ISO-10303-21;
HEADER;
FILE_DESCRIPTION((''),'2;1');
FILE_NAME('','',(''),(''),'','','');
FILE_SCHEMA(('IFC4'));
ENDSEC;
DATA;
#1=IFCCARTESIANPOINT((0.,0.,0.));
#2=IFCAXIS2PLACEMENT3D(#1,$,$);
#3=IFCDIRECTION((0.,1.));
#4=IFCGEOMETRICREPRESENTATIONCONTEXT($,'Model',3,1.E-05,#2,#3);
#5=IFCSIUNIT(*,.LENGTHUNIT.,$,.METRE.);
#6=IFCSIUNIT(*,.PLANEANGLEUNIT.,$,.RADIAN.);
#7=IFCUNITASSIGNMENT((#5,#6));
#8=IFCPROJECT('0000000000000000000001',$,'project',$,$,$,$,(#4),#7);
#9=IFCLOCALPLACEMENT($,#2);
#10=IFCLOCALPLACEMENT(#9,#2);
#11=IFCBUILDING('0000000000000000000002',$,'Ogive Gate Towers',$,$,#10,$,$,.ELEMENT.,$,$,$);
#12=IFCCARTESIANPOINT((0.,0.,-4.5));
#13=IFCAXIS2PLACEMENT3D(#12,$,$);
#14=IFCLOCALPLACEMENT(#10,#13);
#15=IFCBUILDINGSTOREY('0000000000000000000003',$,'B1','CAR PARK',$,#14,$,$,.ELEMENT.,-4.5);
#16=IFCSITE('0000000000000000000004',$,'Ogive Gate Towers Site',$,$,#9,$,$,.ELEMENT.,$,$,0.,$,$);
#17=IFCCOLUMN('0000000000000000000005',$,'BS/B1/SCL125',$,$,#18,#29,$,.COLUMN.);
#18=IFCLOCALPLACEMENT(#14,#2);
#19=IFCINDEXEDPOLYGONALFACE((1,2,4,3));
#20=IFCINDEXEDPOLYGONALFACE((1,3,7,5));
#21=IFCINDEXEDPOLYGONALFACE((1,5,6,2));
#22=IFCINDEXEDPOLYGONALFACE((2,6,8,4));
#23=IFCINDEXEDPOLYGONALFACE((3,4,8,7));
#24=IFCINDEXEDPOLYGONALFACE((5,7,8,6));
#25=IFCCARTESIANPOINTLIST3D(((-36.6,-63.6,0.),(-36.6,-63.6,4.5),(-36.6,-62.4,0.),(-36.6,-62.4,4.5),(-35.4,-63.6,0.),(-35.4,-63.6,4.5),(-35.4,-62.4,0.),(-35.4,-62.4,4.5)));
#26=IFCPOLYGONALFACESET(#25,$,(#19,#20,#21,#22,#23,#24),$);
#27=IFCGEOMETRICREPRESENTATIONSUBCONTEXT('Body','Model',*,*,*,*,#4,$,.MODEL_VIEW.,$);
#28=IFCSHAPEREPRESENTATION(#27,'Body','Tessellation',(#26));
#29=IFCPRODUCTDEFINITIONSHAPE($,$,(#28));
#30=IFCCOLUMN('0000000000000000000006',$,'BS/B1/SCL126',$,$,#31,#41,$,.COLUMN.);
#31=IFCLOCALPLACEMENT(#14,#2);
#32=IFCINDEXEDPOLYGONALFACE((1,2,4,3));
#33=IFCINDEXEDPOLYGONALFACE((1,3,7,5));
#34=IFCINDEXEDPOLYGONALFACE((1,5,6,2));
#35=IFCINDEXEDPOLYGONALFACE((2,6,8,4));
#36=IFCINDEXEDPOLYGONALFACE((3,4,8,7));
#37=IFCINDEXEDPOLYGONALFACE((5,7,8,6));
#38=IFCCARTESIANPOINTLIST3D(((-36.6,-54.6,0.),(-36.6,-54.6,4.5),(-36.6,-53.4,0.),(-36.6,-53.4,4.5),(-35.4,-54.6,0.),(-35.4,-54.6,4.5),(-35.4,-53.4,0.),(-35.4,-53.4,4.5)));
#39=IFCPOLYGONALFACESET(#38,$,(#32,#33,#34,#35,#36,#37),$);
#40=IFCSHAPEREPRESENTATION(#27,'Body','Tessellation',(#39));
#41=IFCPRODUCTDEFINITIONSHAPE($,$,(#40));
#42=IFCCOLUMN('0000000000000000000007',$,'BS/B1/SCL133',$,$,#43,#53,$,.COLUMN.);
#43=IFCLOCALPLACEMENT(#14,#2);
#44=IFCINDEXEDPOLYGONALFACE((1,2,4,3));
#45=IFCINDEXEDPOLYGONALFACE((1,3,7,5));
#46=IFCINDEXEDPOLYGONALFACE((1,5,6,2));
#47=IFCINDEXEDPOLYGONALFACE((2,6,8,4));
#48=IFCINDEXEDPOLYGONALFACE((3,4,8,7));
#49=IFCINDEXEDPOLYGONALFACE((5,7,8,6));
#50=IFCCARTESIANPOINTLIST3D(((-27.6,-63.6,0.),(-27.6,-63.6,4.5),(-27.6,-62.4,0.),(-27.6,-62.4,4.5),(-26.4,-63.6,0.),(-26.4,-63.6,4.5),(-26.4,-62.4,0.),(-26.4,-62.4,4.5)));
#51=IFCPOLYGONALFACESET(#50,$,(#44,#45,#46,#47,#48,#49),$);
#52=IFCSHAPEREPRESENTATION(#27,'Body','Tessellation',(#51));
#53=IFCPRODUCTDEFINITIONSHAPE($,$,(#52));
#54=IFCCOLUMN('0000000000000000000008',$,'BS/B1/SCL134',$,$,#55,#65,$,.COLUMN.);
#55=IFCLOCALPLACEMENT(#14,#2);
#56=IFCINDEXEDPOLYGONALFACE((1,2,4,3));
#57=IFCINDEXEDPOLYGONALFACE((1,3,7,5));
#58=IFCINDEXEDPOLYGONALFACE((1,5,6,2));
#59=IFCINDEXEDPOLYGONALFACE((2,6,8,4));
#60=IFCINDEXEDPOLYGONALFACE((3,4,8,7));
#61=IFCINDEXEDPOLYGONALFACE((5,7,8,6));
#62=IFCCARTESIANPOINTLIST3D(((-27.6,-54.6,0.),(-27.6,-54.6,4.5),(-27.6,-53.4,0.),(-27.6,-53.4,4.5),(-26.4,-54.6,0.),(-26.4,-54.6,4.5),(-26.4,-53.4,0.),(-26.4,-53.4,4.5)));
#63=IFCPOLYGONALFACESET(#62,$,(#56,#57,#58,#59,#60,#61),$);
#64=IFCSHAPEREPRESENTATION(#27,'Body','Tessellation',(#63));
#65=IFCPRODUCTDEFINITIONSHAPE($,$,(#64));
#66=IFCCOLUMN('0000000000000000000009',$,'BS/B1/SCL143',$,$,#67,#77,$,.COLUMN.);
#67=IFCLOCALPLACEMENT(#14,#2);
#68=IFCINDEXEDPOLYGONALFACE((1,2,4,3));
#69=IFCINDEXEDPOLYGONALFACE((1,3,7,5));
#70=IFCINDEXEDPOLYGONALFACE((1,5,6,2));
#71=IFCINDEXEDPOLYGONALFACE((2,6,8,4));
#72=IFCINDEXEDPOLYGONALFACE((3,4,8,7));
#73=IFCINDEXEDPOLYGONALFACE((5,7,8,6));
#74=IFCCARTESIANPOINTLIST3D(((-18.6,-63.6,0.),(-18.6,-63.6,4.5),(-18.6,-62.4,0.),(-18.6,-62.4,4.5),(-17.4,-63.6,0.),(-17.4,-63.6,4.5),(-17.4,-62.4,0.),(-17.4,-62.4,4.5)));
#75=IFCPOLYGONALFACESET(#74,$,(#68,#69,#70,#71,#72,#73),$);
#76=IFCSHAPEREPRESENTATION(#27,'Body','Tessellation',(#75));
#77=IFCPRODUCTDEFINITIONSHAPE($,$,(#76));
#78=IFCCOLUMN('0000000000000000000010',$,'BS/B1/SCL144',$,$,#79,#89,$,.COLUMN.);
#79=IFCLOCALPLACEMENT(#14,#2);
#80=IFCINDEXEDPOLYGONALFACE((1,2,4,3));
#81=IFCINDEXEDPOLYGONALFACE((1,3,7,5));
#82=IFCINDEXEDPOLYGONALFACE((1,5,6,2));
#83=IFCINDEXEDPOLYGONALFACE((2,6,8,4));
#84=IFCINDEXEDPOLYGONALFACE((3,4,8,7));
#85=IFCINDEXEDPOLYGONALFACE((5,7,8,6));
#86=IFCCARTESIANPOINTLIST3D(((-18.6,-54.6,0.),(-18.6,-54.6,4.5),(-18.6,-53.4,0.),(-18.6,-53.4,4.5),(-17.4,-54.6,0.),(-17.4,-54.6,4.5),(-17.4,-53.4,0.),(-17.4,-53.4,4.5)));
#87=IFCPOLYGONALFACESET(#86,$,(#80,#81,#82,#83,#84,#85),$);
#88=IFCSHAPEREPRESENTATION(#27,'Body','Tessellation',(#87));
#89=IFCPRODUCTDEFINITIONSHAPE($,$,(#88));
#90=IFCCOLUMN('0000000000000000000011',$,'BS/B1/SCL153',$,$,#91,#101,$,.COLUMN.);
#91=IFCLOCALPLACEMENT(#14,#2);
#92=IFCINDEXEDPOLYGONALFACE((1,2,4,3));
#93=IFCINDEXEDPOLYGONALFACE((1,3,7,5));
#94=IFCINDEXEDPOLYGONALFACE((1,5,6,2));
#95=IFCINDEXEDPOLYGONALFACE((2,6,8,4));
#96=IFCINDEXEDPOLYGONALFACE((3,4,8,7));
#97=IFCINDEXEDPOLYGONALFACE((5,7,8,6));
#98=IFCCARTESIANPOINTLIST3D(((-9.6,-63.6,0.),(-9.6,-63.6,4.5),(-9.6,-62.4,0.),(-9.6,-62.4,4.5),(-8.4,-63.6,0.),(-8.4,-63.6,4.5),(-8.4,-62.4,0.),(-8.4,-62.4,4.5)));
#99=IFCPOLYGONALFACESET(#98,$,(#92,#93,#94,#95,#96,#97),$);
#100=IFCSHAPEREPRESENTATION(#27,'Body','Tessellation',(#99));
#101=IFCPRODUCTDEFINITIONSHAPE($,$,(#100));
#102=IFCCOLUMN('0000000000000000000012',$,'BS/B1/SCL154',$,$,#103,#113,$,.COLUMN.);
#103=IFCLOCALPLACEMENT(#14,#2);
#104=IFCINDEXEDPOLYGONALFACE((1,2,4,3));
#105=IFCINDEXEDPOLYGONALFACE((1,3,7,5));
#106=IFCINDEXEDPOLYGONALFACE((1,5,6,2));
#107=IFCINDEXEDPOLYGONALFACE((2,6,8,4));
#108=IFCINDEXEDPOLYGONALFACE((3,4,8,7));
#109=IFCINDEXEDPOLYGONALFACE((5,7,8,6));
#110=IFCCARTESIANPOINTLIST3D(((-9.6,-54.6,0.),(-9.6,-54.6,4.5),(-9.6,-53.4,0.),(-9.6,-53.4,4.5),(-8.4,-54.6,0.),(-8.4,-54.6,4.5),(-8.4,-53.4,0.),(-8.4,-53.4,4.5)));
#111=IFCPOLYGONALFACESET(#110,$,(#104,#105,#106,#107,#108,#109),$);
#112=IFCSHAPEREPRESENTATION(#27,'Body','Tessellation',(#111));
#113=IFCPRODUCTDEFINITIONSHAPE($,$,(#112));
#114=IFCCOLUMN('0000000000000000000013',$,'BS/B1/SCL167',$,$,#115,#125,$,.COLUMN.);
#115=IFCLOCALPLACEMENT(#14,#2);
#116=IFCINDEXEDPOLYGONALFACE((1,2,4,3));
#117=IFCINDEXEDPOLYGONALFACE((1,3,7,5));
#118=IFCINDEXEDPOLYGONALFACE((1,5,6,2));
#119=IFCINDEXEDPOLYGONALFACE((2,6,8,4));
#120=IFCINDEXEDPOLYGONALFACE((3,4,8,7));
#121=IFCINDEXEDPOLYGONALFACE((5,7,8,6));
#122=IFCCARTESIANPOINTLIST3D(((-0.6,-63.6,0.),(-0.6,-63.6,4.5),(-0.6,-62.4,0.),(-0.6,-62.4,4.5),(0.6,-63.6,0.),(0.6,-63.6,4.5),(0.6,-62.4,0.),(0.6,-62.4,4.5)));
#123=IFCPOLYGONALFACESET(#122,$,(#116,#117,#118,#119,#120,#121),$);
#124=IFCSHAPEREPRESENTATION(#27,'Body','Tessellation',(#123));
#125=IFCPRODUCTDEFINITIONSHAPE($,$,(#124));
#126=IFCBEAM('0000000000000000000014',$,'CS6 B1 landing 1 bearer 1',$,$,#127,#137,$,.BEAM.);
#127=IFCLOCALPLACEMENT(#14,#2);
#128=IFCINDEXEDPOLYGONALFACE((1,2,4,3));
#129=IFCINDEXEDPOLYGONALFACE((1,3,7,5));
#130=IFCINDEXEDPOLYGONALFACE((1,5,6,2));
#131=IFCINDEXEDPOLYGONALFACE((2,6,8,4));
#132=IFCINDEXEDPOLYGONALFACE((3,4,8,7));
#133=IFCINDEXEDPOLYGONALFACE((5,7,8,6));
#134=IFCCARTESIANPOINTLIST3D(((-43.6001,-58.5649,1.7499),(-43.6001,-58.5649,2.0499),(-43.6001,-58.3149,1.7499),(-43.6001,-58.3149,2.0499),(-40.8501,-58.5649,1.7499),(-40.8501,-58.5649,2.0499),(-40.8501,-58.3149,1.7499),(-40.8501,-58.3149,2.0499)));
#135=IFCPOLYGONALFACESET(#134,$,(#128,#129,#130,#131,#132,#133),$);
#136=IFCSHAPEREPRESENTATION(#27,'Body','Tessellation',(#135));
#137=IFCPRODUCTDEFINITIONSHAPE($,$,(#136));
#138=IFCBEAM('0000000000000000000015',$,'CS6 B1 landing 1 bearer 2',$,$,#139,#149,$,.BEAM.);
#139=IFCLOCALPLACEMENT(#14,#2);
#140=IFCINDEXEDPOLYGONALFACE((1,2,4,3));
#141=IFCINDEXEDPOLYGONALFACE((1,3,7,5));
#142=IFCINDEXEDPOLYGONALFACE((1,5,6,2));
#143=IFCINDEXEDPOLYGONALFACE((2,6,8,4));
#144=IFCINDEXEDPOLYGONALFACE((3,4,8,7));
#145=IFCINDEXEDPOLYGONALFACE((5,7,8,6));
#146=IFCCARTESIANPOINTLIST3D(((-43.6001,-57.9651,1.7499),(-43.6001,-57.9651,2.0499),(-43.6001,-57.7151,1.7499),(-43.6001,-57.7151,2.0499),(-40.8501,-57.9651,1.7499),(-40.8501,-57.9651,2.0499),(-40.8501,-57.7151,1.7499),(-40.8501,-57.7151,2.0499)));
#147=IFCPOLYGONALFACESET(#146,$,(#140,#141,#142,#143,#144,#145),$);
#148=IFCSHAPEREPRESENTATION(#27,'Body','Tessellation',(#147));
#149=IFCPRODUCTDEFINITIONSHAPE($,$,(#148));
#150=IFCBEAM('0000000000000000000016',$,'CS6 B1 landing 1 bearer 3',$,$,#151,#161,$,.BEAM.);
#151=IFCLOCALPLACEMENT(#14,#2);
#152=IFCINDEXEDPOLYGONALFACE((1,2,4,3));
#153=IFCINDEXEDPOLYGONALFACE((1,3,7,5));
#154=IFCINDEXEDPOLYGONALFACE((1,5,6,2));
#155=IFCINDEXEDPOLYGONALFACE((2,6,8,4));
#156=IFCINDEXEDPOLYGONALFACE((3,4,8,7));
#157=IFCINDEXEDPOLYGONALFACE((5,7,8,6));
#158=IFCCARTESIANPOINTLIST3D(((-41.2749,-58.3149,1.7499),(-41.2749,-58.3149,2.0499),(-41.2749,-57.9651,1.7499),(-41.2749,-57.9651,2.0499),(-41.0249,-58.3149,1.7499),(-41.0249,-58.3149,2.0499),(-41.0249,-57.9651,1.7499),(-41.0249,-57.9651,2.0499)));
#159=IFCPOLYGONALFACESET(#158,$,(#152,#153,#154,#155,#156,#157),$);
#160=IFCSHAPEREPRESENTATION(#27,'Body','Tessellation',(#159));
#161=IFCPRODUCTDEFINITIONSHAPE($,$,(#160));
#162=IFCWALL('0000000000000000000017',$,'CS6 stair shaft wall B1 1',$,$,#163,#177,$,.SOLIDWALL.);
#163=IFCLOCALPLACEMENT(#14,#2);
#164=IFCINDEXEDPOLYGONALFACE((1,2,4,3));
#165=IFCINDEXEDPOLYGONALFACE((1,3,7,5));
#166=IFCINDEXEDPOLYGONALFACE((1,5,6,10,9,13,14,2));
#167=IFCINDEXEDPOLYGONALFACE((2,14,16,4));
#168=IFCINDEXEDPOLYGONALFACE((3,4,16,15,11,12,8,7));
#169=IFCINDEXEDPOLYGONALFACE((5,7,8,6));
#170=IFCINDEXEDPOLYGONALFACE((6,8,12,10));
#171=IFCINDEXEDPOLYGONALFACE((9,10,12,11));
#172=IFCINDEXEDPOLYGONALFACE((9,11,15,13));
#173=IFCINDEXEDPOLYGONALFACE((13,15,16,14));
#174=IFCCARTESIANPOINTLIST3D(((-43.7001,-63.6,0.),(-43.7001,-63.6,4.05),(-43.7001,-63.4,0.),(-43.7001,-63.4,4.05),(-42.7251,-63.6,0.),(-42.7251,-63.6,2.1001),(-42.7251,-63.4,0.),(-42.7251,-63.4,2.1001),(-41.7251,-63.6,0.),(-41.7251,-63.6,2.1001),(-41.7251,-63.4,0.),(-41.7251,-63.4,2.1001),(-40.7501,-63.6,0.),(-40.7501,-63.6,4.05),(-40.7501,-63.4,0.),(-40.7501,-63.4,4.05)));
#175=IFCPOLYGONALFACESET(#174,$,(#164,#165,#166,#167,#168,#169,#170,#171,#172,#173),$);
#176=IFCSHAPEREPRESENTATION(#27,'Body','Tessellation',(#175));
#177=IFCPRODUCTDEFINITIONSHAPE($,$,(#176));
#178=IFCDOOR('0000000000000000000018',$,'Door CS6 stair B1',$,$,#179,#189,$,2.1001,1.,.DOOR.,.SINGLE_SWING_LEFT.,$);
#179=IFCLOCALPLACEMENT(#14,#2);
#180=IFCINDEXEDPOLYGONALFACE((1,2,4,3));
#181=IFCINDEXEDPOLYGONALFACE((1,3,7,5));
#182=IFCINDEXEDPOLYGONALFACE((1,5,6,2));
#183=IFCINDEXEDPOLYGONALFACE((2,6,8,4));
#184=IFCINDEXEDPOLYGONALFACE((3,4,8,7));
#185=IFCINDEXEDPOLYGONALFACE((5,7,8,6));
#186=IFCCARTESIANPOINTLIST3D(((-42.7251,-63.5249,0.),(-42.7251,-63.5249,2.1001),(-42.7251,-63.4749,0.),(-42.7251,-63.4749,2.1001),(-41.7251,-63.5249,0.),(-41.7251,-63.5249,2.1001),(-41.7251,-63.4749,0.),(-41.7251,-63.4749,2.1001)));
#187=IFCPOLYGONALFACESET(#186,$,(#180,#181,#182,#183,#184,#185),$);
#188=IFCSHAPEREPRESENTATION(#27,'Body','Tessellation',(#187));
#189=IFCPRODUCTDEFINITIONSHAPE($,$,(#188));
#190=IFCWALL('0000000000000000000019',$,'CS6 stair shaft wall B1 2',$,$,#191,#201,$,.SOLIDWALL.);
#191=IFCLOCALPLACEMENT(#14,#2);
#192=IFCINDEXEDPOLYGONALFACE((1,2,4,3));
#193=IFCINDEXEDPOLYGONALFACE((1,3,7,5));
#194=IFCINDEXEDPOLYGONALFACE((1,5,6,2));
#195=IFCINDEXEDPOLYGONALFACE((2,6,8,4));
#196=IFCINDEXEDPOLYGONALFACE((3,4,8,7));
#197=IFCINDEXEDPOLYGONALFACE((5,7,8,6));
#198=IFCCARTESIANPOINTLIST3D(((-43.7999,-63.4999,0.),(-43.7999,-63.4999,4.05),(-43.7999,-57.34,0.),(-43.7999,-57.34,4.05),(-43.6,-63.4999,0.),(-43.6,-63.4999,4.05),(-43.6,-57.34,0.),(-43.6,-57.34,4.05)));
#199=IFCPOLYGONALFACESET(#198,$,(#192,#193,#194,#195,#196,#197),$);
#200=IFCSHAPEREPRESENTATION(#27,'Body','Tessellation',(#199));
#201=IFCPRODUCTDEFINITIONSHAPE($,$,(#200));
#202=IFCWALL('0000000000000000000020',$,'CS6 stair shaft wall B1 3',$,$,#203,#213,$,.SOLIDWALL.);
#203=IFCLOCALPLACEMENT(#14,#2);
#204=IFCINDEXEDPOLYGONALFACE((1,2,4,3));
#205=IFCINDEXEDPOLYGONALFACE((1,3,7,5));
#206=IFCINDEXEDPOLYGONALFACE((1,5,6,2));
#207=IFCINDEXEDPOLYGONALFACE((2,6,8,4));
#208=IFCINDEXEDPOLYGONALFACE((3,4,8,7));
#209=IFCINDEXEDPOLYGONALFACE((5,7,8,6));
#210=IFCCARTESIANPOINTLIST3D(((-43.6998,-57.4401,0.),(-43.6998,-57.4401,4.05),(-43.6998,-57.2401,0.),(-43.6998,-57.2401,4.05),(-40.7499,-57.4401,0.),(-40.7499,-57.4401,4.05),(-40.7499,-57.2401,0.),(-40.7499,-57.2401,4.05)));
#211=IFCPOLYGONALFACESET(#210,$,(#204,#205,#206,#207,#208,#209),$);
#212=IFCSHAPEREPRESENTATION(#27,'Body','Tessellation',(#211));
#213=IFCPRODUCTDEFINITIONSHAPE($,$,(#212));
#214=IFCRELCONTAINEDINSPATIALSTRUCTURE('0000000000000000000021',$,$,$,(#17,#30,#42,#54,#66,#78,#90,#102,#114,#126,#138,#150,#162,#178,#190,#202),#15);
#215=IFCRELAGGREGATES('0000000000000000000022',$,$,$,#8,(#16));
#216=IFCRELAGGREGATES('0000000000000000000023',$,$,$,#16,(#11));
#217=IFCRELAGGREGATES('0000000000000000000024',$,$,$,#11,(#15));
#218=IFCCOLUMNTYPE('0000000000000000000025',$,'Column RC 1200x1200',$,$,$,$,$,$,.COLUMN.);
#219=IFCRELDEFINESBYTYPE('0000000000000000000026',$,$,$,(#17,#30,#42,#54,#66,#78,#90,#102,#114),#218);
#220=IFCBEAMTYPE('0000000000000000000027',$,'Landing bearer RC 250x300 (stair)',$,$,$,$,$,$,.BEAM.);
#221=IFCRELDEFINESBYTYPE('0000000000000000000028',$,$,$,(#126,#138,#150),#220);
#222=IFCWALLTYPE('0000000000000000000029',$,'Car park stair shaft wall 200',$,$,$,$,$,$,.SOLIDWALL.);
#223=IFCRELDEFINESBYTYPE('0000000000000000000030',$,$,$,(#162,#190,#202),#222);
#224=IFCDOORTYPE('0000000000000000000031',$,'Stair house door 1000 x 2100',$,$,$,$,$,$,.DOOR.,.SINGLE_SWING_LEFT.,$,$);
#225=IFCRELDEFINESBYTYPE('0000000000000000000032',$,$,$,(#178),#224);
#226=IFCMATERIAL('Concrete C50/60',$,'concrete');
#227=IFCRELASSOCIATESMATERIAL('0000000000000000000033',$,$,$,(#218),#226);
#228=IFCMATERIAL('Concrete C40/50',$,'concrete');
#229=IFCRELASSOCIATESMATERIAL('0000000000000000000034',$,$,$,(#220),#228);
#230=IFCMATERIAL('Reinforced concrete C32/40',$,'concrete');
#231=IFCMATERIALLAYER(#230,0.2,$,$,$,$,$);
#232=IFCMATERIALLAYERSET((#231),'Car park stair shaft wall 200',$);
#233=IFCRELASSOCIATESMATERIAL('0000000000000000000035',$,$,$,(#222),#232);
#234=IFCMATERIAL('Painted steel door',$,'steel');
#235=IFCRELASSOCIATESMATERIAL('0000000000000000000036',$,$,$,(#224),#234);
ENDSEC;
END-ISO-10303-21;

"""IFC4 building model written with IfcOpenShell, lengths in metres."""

from ifc_helpers import new_model, si_unit, direction, frame, frame_2d, origin, origin_2d, place, context, subcontext, project, spatial, rectangle, extrude, material, layer, layer_set, material_profile, profile_set, type_object, element, fill, save


model = new_model("IFC4")

# Units and contexts
model_context = context("Model", 3, precision=1e-05, world=origin(), true_north=direction((0.0, 1.0)))
body_context = subcontext(model_context, "Body", "Model", "MODEL_VIEW")
ifc_project = project(units=[si_unit("LENGTHUNIT", "METRE"), si_unit("PLANEANGLEUNIT", "RADIAN")], contexts=[model_context])

# Site, building, storey
site_placement = place(None, origin())
site = spatial("IfcSite", under=ifc_project, at=site_placement, Name="Ogive Gate Towers Site", CompositionType="ELEMENT", RefElevation=0.0)
building_placement = place(site_placement, origin())
building = spatial("IfcBuilding", under=site, at=building_placement, Name="Ogive Gate Towers", CompositionType="ELEMENT")
storey_placement = place(building_placement, frame((0.0, 0.0, -4.5)))
storey = spatial("IfcBuildingStorey", under=building, at=storey_placement, Name="B1", Description="CAR PARK", CompositionType="ELEMENT", Elevation=-4.5)

# Columns
ifc_material_1 = material(Name="Concrete C50/60", Category="concrete")
ifc_material_profile_1 = material_profile(ifc_material_1, rectangle(XDim=1.2, YDim=1.2, at=origin_2d()), Name="RC 1200x1200")
ifc_profile_set_1 = profile_set([ifc_material_profile_1], Name="Concrete C50/60")
column_type = type_object("IfcColumnType", Name="Column RC 1200x1200", PredefinedType="COLUMN", material=ifc_profile_set_1)
for number, where, z_axis, x_axis, name in (
    (1, (-36.0, -63.0, 0.0), (0.0, 0.0, 1.0), (1.0, 0.0, 0.0), "BS/B1/SCL125"),
    (2, (-36.0, -54.0, 0.0), (0.0, 0.0, 1.0), (1.0, 0.0, 0.0), "BS/B1/SCL126"),
    (3, (-27.0, -63.0, 0.0), (0.0, 0.0, 1.0), (1.0, 0.0, 0.0), "BS/B1/SCL133"),
    (4, (-27.0, -54.0, 0.0), (0.0, 0.0, 1.0), (1.0, 0.0, 0.0), "BS/B1/SCL134"),
    (5, (-18.0, -63.0, 0.0), (0.0, 0.0, 1.0), (1.0, 0.0, 0.0), "BS/B1/SCL143"),
    (6, (-18.0, -54.0, 0.0), (0.0, 0.0, 1.0), (1.0, 0.0, 0.0), "BS/B1/SCL144"),
    (7, (-9.0, -63.0, 0.0), (0.0, 0.0, 1.0), (1.0, 0.0, 0.0), "BS/B1/SCL153"),
    (8, (-9.0, -54.0, 0.0), (0.0, 0.0, 1.0), (1.0, 0.0, 0.0), "BS/B1/SCL154"),
    (9, (0.0, -63.0, 0.0), (0.0, 0.0, 1.0), (1.0, 0.0, 0.0), "BS/B1/SCL167"),
):
    element("IfcColumn", number, at=place(storey_placement, frame(where, z_axis=z_axis, x_axis=x_axis)), inside=storey, type_object=column_type, Name=name, PredefinedType="COLUMN", context=body_context, shape_type="SweptSolid", body=[
        extrude(rectangle(XDim=1.2, YDim=1.2, at=origin_2d()), origin(), (0.0, 0.0, 1.0), 4.5),
    ])

# Beams
ifc_material_2 = material(Name="Concrete C40/50", Category="concrete")
ifc_material_profile_2 = material_profile(ifc_material_2, rectangle(XDim=0.25, YDim=0.3, at=origin_2d()), Name="RC 250x300")
ifc_profile_set_2 = profile_set([ifc_material_profile_2], Name="Concrete C40/50")
beam_type = type_object("IfcBeamType", Name="Landing bearer RC 250x300 (stair)", PredefinedType="BEAM", material=ifc_profile_set_2)
for number, where, z_axis, x_axis, name in (
    (10, (-40.8501, -58.4399, 1.8999), (-1.0, 0.0, 0.0), (0.0, -1.0, 0.0), "CS6 B1 landing 1 bearer 1"),
    (11, (-40.8501, -57.8401, 1.8999), (-1.0, 0.0, 0.0), (0.0, -1.0, 0.0), "CS6 B1 landing 1 bearer 2"),
):
    element("IfcBeam", number, at=place(storey_placement, frame(where, z_axis=z_axis, x_axis=x_axis)), inside=storey, type_object=beam_type, Name=name, PredefinedType="BEAM", context=body_context, shape_type="SweptSolid", body=[
        extrude(rectangle(XDim=0.25, YDim=0.3, at=origin_2d()), origin(), (0.0, 0.0, 1.0), 2.75),
    ])
beam_placement = place(storey_placement, frame((-41.1499, -58.3149, 1.8999), z_axis=(0.0, 1.0, 0.0), x_axis=(-1.0, 0.0, 0.0)))
element("IfcBeam", 12, at=beam_placement, inside=storey, type_object=beam_type, Name="CS6 B1 landing 1 bearer 3", PredefinedType="BEAM", context=body_context, shape_type="SweptSolid", body=[
    extrude(rectangle(XDim=0.25, YDim=0.3, at=origin_2d()), origin(), (0.0, 0.0, 1.0), 0.3499),
])

# Wall, opening, door
ifc_material_3 = material(Name="Reinforced concrete C32/40", Category="concrete")
ifc_layer_1 = layer(ifc_material_3, 0.2)
ifc_layer_set_1 = layer_set([ifc_layer_1], Name="Car park stair shaft wall 200")
wall_type_1 = type_object("IfcWallType", Name="Car park stair shaft wall 200", PredefinedType="SOLIDWALL", material=ifc_layer_set_1)
wall_1_placement = place(storey_placement, frame((-40.75, -63.5, 0.0), z_axis=(0.0, 0.0, 1.0), x_axis=(-1.0, 0.0, 0.0)))
wall_1 = element("IfcWall", 13, at=wall_1_placement, inside=storey, type_object=wall_type_1, Name="CS6 stair shaft wall B1 1", PredefinedType="SOLIDWALL", context=body_context, shape_type="SweptSolid", body=[
    extrude(rectangle(XDim=2.95, YDim=0.2, at=frame_2d((1.4751, 0.0))), origin(), (0.0, 0.0, 1.0), 4.05),
])
opening_placement = place(wall_1_placement, frame((0.9751, 0.0, 0.0)))
opening = element("IfcOpeningElement", 14, at=opening_placement, cuts=wall_1, PredefinedType="OPENING", context=body_context, shape_type="SweptSolid", body=[
    extrude(rectangle(XDim=1.0, YDim=2.1001, at=frame_2d((0.5, 1.05))), frame((0.0, 0.1099, 0.0), z_axis=(0.0, -1.0, 0.0), x_axis=(1.0, 0.0, 0.0)), (0.0, 0.0, 1.0), 0.22),
])
ifc_material_4 = material(Name="Painted steel door", Category="steel")
door_type = type_object("IfcDoorType", Name="Stair house door 1000 x 2100", OperationType="SINGLE_SWING_LEFT", PredefinedType="DOOR", material=ifc_material_4)
door_placement = place(opening_placement, origin())
door = element("IfcDoor", 15, at=door_placement, inside=storey, type_object=door_type, Name="Door CS6 stair B1", OperationType="SINGLE_SWING_LEFT", OverallHeight=2.1001, OverallWidth=1.0, PredefinedType="DOOR", context=body_context, shape_type="SweptSolid", body=[
    extrude(rectangle(XDim=1.0, YDim=2.1001, at=frame_2d((0.5, 1.05))), frame((0.0, 0.0249, 0.0), z_axis=(0.0, -1.0, 0.0), x_axis=(1.0, 0.0, 0.0)), (0.0, 0.0, 1.0), 0.05),
])
fill(opening, door)

# Walls
wall_2_placement = place(storey_placement, frame((-43.7, -63.5, 0.0), z_axis=(0.0, 0.0, 1.0), x_axis=(0.0, 1.0, 0.0)))
element("IfcWall", 16, at=wall_2_placement, inside=storey, type_object=wall_type_1, Name="CS6 stair shaft wall B1 2", PredefinedType="SOLIDWALL", context=body_context, shape_type="SweptSolid", body=[
    extrude(rectangle(XDim=6.1599, YDim=0.2, at=frame_2d((3.0801, 0.0))), origin(), (0.0, 0.0, 1.0), 4.05),
])
wall_3_placement = place(storey_placement, frame((-43.7, -57.3401, 0.0), z_axis=(0.0, 0.0, 1.0), x_axis=(1.0, 0.0, 0.0)))
element("IfcWall", 17, at=wall_3_placement, inside=storey, type_object=wall_type_1, Name="CS6 stair shaft wall B1 3", PredefinedType="SOLIDWALL", context=body_context, shape_type="SweptSolid", body=[
    extrude(rectangle(XDim=2.95, YDim=0.2, at=frame_2d((1.4751, 0.0))), origin(), (0.0, 0.0, 1.0), 4.05),
])

save(model, "model.ifc")
